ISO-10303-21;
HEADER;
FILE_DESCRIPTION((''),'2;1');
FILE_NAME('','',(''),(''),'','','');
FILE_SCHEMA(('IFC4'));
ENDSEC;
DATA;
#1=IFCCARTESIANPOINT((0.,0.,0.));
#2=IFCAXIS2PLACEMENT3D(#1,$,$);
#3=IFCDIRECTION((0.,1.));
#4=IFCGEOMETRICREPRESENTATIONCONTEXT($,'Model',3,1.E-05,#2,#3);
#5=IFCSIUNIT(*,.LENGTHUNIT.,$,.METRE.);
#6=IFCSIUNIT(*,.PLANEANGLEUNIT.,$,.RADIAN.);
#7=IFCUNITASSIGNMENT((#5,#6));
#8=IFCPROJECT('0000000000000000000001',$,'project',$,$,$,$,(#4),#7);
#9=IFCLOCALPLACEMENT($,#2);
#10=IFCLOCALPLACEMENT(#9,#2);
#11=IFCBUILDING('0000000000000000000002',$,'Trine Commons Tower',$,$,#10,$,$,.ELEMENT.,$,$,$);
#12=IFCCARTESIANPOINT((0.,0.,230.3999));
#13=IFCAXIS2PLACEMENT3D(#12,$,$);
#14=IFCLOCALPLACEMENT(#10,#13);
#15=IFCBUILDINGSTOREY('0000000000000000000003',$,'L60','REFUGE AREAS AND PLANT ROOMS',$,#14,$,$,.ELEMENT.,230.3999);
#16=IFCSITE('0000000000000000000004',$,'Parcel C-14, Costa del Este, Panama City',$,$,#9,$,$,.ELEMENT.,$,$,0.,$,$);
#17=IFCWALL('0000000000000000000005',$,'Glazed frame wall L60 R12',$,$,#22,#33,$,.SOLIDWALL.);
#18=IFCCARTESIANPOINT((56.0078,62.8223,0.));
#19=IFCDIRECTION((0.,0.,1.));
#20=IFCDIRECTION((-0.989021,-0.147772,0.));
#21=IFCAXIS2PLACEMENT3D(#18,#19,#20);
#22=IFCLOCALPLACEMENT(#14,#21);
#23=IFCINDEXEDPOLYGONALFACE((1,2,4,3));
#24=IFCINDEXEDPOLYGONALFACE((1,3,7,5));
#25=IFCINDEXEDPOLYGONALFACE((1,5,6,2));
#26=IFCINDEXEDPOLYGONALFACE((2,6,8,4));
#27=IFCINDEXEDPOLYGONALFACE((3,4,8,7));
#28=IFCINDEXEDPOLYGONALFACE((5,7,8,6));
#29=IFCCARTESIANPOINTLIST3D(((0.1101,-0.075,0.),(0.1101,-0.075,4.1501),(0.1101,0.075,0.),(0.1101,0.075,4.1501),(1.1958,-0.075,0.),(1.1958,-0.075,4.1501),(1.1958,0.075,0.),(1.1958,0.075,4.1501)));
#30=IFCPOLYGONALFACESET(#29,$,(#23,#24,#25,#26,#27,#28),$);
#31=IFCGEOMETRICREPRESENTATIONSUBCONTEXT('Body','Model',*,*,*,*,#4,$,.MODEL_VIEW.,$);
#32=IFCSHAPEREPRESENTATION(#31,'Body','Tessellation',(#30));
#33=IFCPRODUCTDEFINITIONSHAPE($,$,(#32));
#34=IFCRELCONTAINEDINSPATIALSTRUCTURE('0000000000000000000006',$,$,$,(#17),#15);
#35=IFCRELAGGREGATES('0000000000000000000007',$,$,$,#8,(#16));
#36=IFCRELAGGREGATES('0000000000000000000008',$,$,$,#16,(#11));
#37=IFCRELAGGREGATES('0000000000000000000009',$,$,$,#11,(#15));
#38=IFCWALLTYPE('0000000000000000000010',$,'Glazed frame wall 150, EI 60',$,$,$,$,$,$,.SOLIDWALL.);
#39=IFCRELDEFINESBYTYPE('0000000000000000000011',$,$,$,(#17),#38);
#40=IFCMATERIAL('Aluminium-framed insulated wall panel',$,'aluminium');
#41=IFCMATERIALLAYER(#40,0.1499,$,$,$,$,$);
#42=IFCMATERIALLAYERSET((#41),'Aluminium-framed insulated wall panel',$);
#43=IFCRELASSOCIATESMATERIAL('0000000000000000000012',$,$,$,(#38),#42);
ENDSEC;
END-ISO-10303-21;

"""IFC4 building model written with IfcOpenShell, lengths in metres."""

from ifc_helpers import new_model, si_unit, direction, frame, origin, place, context, subcontext, project, spatial, polyline, outline, extrude, material, layer, layer_set, type_object, element, save


model = new_model("IFC4")

# Units and contexts
model_context = context("Model", 3, precision=1e-05, world=origin(), true_north=direction((0.0, 1.0)))
body_context = subcontext(model_context, "Body", "Model", "MODEL_VIEW")
ifc_project = project(units=[si_unit("LENGTHUNIT", "METRE"), si_unit("PLANEANGLEUNIT", "RADIAN")], contexts=[model_context])

# Site, building, storey
site_placement = place(None, origin())
site = spatial("IfcSite", under=ifc_project, at=site_placement, Name="Parcel C-14, Costa del Este, Panama City", CompositionType="ELEMENT", RefElevation=0.0)
building_placement = place(site_placement, origin())
building = spatial("IfcBuilding", under=site, at=building_placement, Name="Trine Commons Tower", CompositionType="ELEMENT")
storey_placement = place(building_placement, frame((0.0, 0.0, 230.3999)))
storey = spatial("IfcBuildingStorey", under=building, at=storey_placement, Name="L60", Description="REFUGE AREAS AND PLANT ROOMS", CompositionType="ELEMENT", Elevation=230.3999)

# Wall
ifc_material_1 = material(Name="Aluminium-framed insulated wall panel", Category="aluminium")
ifc_layer_1 = layer(ifc_material_1, 0.1499)
ifc_layer_set_1 = layer_set([ifc_layer_1], Name="Aluminium-framed insulated wall panel")
wall_type_1 = type_object("IfcWallType", Name="Glazed frame wall 150, EI 60", PredefinedType="SOLIDWALL", material=ifc_layer_set_1)
wall_1_placement = place(storey_placement, frame((56.0078, 62.8223, 0.0), z_axis=(0.0, 0.0, 1.0), x_axis=(-0.989021, -0.147772, 0.0)))
element("IfcWall", 1, at=wall_1_placement, inside=storey, type_object=wall_type_1, Name="Glazed frame wall L60 R12", PredefinedType="SOLIDWALL", context=body_context, shape_type="SweptSolid", body=[
    extrude(outline(polyline([(0.1101, 0.075), (0.1101, -0.075), (1.1958, -0.075), (1.1958, 0.075), (0.1101, 0.075)])), origin(), (0.0, 0.0, 1.0), 4.1501),
])

save(model, "model.ifc")
